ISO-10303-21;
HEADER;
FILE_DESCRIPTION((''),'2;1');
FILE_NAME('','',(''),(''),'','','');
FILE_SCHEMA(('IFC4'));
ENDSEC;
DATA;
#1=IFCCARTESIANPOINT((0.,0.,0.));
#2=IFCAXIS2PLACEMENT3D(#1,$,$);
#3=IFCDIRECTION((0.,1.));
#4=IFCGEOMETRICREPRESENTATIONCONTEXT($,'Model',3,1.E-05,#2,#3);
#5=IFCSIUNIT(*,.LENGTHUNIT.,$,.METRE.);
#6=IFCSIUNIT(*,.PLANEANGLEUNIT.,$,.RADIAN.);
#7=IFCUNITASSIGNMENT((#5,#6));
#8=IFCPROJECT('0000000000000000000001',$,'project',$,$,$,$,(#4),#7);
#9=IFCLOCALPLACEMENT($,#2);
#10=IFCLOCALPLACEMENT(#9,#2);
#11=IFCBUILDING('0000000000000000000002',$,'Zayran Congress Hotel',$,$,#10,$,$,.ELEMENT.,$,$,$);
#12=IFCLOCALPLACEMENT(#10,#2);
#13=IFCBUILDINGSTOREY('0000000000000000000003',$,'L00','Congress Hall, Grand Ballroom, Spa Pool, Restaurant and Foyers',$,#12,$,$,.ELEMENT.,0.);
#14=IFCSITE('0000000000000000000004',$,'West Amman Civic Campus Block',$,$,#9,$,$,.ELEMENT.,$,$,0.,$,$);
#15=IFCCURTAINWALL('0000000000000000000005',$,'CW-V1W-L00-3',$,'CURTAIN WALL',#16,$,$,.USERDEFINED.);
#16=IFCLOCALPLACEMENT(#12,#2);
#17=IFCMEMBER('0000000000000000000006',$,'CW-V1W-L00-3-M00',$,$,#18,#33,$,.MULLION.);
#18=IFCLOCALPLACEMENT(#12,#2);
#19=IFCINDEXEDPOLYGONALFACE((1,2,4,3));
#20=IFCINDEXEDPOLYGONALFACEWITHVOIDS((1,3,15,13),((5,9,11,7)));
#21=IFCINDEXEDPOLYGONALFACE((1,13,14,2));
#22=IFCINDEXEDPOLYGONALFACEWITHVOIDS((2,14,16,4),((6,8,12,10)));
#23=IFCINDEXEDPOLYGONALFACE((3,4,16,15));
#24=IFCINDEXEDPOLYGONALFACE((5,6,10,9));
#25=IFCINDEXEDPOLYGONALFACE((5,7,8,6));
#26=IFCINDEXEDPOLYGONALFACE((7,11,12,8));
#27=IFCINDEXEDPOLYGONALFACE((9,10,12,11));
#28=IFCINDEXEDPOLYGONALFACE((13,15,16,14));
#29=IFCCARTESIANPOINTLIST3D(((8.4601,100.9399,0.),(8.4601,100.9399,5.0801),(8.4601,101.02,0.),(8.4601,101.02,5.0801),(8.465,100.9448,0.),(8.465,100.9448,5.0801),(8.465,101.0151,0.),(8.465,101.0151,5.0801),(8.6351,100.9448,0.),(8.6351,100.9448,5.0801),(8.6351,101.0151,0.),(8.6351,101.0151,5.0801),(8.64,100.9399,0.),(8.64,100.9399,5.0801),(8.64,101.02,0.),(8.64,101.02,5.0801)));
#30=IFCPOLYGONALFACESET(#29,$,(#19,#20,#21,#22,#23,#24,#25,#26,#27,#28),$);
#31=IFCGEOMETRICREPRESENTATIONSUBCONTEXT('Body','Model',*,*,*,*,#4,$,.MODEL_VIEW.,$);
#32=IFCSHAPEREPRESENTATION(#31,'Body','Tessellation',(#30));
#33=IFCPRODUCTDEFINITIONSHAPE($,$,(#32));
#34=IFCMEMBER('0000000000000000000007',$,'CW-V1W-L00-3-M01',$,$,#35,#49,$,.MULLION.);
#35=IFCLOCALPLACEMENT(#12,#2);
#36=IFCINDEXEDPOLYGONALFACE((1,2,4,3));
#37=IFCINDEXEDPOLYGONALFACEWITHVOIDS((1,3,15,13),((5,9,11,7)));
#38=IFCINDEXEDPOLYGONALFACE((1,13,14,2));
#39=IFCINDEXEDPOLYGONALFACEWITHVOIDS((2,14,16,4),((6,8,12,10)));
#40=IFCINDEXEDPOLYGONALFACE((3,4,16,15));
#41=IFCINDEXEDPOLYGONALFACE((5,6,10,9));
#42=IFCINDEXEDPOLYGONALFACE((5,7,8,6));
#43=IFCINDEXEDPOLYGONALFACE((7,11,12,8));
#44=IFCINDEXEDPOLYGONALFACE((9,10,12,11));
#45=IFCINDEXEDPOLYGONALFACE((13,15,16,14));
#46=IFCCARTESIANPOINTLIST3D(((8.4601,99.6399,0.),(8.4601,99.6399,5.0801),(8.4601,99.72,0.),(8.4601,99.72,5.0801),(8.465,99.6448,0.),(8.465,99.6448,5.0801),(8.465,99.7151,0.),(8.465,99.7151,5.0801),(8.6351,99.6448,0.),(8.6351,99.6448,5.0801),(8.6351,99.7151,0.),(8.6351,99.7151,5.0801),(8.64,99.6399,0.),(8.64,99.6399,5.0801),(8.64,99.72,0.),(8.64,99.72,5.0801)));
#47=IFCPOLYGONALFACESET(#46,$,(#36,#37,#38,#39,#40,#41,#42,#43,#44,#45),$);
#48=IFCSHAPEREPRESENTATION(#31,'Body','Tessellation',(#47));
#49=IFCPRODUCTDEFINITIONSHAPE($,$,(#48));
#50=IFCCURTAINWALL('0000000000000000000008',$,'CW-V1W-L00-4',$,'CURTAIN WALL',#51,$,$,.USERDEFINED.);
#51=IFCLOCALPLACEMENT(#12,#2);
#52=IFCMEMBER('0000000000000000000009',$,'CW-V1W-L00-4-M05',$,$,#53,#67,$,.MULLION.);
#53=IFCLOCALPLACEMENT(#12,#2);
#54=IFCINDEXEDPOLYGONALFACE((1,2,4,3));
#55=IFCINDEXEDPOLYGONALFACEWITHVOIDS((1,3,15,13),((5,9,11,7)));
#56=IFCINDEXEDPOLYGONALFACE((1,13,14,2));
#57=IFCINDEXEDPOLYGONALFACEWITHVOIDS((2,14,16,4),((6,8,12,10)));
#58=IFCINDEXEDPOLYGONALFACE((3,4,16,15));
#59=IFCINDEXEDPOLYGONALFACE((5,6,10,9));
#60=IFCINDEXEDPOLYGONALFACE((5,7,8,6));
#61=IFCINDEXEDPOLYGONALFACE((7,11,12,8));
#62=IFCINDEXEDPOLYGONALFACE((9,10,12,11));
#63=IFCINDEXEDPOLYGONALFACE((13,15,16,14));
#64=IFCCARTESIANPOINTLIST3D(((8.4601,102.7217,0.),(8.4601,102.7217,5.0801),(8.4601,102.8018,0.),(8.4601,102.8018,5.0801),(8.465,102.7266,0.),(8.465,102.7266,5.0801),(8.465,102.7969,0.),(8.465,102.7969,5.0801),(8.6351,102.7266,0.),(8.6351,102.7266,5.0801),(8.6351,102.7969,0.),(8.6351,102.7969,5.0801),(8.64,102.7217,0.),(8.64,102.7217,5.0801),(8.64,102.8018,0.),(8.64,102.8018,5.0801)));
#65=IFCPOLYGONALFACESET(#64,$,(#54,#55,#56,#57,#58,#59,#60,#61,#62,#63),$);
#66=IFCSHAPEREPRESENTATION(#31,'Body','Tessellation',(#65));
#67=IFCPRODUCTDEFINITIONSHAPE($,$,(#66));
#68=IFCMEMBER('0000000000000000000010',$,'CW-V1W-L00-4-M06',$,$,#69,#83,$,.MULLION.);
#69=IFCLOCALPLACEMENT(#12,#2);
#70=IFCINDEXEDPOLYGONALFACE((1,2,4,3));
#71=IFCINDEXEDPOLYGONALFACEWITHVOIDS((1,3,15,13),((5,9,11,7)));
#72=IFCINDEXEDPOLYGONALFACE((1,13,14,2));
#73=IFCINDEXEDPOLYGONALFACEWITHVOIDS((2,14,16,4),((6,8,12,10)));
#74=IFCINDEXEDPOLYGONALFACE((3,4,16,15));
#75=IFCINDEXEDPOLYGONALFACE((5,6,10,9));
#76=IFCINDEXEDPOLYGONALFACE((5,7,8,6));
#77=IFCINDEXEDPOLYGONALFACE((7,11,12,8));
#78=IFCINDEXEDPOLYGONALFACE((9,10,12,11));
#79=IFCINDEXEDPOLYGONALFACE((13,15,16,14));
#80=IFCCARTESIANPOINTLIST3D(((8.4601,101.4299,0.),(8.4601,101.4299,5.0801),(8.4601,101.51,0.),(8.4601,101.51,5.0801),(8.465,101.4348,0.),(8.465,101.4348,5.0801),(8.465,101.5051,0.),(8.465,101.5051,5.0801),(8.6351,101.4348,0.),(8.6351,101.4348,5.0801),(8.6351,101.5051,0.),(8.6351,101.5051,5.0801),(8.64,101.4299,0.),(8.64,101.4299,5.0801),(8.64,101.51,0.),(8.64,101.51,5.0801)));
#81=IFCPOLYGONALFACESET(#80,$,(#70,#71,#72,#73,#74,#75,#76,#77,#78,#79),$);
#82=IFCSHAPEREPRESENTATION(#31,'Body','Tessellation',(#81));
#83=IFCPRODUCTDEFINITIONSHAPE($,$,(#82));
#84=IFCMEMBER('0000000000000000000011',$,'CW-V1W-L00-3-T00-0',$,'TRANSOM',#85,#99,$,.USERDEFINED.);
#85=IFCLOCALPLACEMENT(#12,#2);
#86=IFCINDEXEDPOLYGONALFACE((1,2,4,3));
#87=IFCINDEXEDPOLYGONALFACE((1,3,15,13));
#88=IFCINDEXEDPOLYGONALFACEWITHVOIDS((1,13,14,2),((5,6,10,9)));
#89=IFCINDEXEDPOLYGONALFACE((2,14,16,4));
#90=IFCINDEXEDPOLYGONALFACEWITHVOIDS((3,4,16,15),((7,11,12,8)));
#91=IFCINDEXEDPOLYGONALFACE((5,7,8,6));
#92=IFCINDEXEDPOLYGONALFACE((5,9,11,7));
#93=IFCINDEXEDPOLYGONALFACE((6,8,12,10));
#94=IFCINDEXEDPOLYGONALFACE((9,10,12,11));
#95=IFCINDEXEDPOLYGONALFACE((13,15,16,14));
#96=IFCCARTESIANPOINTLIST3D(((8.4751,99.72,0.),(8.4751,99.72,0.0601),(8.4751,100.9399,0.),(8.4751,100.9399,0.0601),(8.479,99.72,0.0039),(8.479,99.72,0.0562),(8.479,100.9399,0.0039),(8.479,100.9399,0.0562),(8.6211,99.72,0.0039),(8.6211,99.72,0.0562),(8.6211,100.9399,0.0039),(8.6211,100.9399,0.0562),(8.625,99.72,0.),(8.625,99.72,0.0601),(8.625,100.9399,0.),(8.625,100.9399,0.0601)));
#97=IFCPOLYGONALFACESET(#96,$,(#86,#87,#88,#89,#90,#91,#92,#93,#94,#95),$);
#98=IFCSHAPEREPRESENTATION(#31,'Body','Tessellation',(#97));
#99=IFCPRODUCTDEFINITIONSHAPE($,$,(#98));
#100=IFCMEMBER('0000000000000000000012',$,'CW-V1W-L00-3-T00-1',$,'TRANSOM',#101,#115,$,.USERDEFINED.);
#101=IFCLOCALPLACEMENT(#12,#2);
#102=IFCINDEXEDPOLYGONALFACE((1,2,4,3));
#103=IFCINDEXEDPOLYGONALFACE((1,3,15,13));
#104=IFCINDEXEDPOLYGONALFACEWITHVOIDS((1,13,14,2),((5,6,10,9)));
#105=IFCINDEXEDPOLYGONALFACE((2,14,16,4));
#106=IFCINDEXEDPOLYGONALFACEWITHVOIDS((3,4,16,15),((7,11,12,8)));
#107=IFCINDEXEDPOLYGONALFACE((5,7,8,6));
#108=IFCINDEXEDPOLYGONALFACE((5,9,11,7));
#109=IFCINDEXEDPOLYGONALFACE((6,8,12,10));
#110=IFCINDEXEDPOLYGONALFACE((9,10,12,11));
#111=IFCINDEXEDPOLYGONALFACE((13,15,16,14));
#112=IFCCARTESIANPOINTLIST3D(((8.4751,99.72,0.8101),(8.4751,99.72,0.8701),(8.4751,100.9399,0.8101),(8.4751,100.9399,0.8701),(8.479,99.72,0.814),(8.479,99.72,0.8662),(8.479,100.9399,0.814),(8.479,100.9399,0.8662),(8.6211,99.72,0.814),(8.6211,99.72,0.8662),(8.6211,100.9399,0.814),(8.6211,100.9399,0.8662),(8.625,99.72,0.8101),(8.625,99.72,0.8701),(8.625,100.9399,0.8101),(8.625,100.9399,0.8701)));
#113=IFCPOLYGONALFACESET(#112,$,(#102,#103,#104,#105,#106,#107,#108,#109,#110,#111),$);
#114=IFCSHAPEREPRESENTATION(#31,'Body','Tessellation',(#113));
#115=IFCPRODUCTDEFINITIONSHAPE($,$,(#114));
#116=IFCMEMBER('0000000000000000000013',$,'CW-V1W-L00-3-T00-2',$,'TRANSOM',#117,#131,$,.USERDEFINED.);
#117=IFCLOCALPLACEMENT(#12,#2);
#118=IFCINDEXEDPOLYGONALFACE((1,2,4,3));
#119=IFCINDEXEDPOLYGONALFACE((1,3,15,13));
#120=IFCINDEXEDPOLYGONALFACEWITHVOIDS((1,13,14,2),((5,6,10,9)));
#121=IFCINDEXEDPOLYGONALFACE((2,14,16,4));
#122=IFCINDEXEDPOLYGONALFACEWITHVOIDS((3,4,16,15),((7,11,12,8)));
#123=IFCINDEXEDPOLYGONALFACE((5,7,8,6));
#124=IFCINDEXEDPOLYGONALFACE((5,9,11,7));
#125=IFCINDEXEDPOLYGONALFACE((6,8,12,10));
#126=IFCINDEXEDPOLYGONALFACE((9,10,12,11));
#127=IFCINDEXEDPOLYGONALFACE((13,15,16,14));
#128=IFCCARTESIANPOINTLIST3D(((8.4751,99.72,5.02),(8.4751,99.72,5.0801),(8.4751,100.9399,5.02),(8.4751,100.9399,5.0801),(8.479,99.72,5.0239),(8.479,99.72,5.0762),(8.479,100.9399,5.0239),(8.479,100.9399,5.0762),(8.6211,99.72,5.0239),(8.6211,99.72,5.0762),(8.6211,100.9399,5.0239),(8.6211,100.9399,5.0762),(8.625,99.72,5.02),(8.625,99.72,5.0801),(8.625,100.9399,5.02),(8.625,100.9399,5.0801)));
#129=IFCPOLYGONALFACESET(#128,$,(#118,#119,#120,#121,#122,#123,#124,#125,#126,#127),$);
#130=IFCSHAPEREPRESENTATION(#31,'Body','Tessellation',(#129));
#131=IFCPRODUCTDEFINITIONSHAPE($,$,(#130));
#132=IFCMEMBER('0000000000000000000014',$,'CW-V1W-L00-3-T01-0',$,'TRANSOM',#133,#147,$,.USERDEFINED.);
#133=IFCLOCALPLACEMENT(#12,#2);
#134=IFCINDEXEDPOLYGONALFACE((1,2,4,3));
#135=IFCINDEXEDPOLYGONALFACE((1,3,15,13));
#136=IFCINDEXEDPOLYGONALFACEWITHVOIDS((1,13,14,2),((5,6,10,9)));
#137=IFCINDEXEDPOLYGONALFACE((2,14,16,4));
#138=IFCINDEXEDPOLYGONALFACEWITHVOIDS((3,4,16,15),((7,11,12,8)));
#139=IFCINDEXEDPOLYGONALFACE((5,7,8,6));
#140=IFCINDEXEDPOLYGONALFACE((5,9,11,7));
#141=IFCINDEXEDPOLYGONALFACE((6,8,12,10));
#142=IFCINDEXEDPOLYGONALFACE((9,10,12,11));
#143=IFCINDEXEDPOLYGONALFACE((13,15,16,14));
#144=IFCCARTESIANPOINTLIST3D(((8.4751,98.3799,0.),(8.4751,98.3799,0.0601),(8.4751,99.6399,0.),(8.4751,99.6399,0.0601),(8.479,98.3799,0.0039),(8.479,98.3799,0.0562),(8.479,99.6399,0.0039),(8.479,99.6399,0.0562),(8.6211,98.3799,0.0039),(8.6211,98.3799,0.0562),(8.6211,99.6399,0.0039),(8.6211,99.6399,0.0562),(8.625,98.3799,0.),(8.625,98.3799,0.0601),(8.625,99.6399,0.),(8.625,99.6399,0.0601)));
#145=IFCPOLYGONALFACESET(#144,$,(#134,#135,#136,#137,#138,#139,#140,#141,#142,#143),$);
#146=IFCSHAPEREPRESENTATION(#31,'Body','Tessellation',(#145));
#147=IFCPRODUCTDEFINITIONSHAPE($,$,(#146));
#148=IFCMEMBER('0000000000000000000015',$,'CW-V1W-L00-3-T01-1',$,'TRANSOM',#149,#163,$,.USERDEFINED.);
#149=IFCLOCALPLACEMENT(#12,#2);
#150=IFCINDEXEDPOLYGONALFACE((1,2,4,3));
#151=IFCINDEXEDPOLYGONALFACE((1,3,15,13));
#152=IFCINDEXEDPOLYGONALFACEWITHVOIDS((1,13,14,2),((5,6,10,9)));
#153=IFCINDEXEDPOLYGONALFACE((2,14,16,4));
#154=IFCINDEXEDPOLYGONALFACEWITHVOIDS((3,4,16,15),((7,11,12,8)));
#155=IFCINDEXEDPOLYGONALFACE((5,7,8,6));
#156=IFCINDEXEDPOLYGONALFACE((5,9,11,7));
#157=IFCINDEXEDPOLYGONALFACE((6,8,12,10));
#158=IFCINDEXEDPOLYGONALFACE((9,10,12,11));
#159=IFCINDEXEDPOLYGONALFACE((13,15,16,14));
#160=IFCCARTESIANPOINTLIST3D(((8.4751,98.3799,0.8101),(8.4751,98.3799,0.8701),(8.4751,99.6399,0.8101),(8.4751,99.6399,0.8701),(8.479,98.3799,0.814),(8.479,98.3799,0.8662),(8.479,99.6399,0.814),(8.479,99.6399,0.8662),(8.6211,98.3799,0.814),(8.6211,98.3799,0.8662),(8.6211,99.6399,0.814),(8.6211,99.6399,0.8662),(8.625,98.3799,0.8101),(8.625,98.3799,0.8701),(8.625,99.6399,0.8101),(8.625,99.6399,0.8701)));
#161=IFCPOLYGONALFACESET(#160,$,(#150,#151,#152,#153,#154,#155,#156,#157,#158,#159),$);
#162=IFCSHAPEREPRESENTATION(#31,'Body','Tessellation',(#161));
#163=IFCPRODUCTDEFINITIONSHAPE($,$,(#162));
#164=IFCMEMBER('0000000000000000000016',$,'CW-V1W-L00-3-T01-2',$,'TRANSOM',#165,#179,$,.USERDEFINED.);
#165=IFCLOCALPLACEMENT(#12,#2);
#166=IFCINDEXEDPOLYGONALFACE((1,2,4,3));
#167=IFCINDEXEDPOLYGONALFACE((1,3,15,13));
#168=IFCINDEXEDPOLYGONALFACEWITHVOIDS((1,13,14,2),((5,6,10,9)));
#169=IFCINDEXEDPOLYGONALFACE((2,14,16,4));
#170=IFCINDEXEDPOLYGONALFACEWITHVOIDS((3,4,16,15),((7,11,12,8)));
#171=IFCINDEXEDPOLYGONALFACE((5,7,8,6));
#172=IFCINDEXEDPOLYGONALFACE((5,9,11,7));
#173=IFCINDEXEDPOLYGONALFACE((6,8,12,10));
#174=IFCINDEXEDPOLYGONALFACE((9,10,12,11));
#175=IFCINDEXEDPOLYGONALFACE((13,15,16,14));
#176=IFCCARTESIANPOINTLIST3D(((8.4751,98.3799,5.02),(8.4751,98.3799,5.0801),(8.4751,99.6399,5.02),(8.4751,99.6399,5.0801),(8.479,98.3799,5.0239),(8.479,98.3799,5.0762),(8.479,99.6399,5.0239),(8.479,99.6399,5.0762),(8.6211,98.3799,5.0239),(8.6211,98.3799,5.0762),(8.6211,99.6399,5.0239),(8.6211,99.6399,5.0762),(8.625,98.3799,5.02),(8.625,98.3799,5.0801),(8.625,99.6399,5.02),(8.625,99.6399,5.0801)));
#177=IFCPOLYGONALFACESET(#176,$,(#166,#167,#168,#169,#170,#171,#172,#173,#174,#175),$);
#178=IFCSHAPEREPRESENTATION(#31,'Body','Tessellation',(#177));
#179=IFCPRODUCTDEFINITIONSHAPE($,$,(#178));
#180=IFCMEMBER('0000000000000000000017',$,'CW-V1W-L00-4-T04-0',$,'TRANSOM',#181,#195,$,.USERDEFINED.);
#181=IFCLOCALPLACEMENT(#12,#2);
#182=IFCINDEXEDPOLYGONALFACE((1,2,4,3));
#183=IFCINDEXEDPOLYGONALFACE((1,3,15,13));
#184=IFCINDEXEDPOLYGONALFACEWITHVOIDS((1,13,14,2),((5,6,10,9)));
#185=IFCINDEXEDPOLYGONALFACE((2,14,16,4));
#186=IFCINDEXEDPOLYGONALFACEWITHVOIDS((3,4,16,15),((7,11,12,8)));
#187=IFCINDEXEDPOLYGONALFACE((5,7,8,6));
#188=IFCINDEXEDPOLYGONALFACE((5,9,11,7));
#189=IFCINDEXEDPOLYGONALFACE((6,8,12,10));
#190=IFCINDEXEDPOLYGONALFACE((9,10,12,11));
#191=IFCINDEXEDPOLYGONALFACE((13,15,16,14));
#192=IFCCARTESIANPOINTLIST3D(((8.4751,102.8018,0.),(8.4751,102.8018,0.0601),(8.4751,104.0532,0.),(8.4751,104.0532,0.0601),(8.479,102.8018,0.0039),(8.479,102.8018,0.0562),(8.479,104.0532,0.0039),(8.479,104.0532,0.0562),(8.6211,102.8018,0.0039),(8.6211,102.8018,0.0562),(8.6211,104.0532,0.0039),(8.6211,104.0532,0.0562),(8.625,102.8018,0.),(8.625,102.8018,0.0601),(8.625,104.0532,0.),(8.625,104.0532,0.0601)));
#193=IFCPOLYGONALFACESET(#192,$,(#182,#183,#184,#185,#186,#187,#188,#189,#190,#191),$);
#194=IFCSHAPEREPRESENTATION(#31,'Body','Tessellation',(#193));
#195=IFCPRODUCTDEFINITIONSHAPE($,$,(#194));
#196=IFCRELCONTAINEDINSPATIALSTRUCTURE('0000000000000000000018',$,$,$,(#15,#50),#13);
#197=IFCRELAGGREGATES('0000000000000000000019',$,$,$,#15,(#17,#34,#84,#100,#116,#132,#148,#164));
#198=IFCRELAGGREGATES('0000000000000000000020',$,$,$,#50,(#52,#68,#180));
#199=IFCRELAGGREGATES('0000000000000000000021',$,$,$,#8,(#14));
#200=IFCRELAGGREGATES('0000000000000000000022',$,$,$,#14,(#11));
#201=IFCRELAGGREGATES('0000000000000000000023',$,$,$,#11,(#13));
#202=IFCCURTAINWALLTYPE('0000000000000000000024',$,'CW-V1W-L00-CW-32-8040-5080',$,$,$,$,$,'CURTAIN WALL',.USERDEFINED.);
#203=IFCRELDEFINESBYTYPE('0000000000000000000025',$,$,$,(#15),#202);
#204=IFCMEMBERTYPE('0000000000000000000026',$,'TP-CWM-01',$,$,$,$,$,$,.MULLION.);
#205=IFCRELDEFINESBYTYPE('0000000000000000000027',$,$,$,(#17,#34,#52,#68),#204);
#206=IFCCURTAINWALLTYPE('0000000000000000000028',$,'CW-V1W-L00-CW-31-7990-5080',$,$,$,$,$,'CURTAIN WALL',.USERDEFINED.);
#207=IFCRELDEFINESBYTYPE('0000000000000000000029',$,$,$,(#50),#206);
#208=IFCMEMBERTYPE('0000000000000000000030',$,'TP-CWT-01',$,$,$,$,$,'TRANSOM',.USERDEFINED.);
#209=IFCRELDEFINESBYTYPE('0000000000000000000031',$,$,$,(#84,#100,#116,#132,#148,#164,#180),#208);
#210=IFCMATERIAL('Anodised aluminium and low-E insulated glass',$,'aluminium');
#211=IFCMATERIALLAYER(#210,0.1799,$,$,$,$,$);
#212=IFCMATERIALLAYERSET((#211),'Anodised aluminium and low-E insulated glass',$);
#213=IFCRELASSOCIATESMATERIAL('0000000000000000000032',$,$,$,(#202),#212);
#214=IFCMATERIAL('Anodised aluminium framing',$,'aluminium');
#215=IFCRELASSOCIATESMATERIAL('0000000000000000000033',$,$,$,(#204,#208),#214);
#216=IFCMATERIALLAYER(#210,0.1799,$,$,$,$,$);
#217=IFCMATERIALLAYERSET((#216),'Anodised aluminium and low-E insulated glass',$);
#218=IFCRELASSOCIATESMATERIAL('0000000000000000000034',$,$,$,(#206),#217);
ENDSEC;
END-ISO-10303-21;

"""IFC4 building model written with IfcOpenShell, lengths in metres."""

from ifc_helpers import new_model, si_unit, direction, frame, origin, origin_2d, place, context, subcontext, project, spatial, hollow_rectangle, extrude, material, layer, layer_set, material_profile, profile_set, type_object, element, aggregate, save


model = new_model("IFC4")

# Units and contexts
model_context = context("Model", 3, precision=1e-05, world=origin(), true_north=direction((0.0, 1.0)))
body_context = subcontext(model_context, "Body", "Model", "MODEL_VIEW")
ifc_project = project(units=[si_unit("LENGTHUNIT", "METRE"), si_unit("PLANEANGLEUNIT", "RADIAN")], contexts=[model_context])

# Site, building, storey
site_placement = place(None, origin())
site = spatial("IfcSite", under=ifc_project, at=site_placement, Name="West Amman Civic Campus Block", CompositionType="ELEMENT", RefElevation=0.0)
building_placement = place(site_placement, origin())
building = spatial("IfcBuilding", under=site, at=building_placement, Name="Zayran Congress Hotel", CompositionType="ELEMENT")
storey_placement = place(building_placement, origin())
storey = spatial("IfcBuildingStorey", under=building, at=storey_placement, Name="L00", Description="Congress Hall, Grand Ballroom, Spa Pool, Restaurant and Foyers", CompositionType="ELEMENT", Elevation=0.0)

# Curtain walls, members
ifc_material_1 = material(Name="Anodised aluminium and low-E insulated glass", Category="aluminium")
ifc_layer_1 = layer(ifc_material_1, 0.1799)
ifc_layer_set_1 = layer_set([ifc_layer_1], Name="Anodised aluminium and low-E insulated glass")
curtain_wall_type_1 = type_object("IfcCurtainWallType", Name="CW-V1W-L00-CW-32-8040-5080", ElementType="CURTAIN WALL", PredefinedType="USERDEFINED", material=ifc_layer_set_1)
curtain_wall_1_placement = place(storey_placement, origin())
curtain_wall_1 = element("IfcCurtainWall", 1, at=curtain_wall_1_placement, inside=storey, type_object=curtain_wall_type_1, Name="CW-V1W-L00-3", ObjectType="CURTAIN WALL", PredefinedType="USERDEFINED")
ifc_material_2 = material(Name="Anodised aluminium framing", Category="aluminium")
ifc_material_profile_1 = material_profile(ifc_material_2, hollow_rectangle(XDim=0.0801, YDim=0.1799, WallThickness=0.0049, at=origin_2d()), Name="RHS 180x80x5")
ifc_profile_set_1 = profile_set([ifc_material_profile_1], Name="Anodised aluminium framing")
member_type_1 = type_object("IfcMemberType", Name="TP-CWM-01", PredefinedType="MULLION", material=ifc_profile_set_1)
member_1_placement = place(storey_placement, frame((8.55, 100.98, 0.0), z_axis=(0.0, 0.0, 1.0), x_axis=(0.0, 1.0, 0.0)))
member_1 = element("IfcMember", 2, at=member_1_placement, type_object=member_type_1, Name="CW-V1W-L00-3-M00", PredefinedType="MULLION", context=body_context, shape_type="SweptSolid", body=[
    extrude(hollow_rectangle(XDim=0.0801, YDim=0.1799, WallThickness=0.0049, at=origin_2d()), origin(), (0.0, 0.0, 1.0), 5.0801),
])
member_2_placement = place(storey_placement, frame((8.55, 99.6799, 0.0), z_axis=(0.0, 0.0, 1.0), x_axis=(0.0, 1.0, 0.0)))
member_2 = element("IfcMember", 3, at=member_2_placement, type_object=member_type_1, Name="CW-V1W-L00-3-M01", PredefinedType="MULLION", context=body_context, shape_type="SweptSolid", body=[
    extrude(hollow_rectangle(XDim=0.0801, YDim=0.1799, WallThickness=0.0049, at=origin_2d()), origin(), (0.0, 0.0, 1.0), 5.0801),
])
ifc_layer_2 = layer(ifc_material_1, 0.1799)
ifc_layer_set_2 = layer_set([ifc_layer_2], Name="Anodised aluminium and low-E insulated glass")
curtain_wall_type_2 = type_object("IfcCurtainWallType", Name="CW-V1W-L00-CW-31-7990-5080", ElementType="CURTAIN WALL", PredefinedType="USERDEFINED", material=ifc_layer_set_2)
curtain_wall_2_placement = place(storey_placement, origin())
curtain_wall_2 = element("IfcCurtainWall", 4, at=curtain_wall_2_placement, inside=storey, type_object=curtain_wall_type_2, Name="CW-V1W-L00-4", ObjectType="CURTAIN WALL", PredefinedType="USERDEFINED")
member_3_placement = place(storey_placement, frame((8.55, 102.7617, 0.0), z_axis=(0.0, 0.0, 1.0), x_axis=(0.0, 1.0, 0.0)))
member_3 = element("IfcMember", 5, at=member_3_placement, type_object=member_type_1, Name="CW-V1W-L00-4-M05", PredefinedType="MULLION", context=body_context, shape_type="SweptSolid", body=[
    extrude(hollow_rectangle(XDim=0.0801, YDim=0.1799, WallThickness=0.0049, at=origin_2d()), origin(), (0.0, 0.0, 1.0), 5.0801),
])
member_4_placement = place(storey_placement, frame((8.55, 101.47, 0.0), z_axis=(0.0, 0.0, 1.0), x_axis=(0.0, 1.0, 0.0)))
member_4 = element("IfcMember", 6, at=member_4_placement, type_object=member_type_1, Name="CW-V1W-L00-4-M06", PredefinedType="MULLION", context=body_context, shape_type="SweptSolid", body=[
    extrude(hollow_rectangle(XDim=0.0801, YDim=0.1799, WallThickness=0.0049, at=origin_2d()), origin(), (0.0, 0.0, 1.0), 5.0801),
])

# Members
ifc_material_profile_2 = material_profile(ifc_material_2, hollow_rectangle(XDim=0.0601, YDim=0.1499, WallThickness=0.0039, at=origin_2d()), Name="RHS 150x60x4")
ifc_profile_set_2 = profile_set([ifc_material_profile_2], Name="Anodised aluminium framing")
member_type_2 = type_object("IfcMemberType", Name="TP-CWT-01", ElementType="TRANSOM", PredefinedType="USERDEFINED", material=ifc_profile_set_2)
member_5_placement = place(storey_placement, frame((8.55, 100.9399, 0.03), z_axis=(0.0, -1.0, 0.0), x_axis=(0.0, 0.0, 1.0)))
member_5 = element("IfcMember", 7, at=member_5_placement, type_object=member_type_2, Name="CW-V1W-L00-3-T00-0", ObjectType="TRANSOM", PredefinedType="USERDEFINED", context=body_context, shape_type="SweptSolid", body=[
    extrude(hollow_rectangle(XDim=0.0601, YDim=0.1499, WallThickness=0.0039, at=origin_2d()), origin(), (0.0, 0.0, 1.0), 1.22),
])
member_6_placement = place(storey_placement, frame((8.55, 100.9399, 0.8401), z_axis=(0.0, -1.0, 0.0), x_axis=(0.0, 0.0, 1.0)))
member_6 = element("IfcMember", 8, at=member_6_placement, type_object=member_type_2, Name="CW-V1W-L00-3-T00-1", ObjectType="TRANSOM", PredefinedType="USERDEFINED", context=body_context, shape_type="SweptSolid", body=[
    extrude(hollow_rectangle(XDim=0.0601, YDim=0.1499, WallThickness=0.0039, at=origin_2d()), origin(), (0.0, 0.0, 1.0), 1.22),
])
member_7_placement = place(storey_placement, frame((8.55, 100.9399, 5.05), z_axis=(0.0, -1.0, 0.0), x_axis=(0.0, 0.0, 1.0)))
member_7 = element("IfcMember", 9, at=member_7_placement, type_object=member_type_2, Name="CW-V1W-L00-3-T00-2", ObjectType="TRANSOM", PredefinedType="USERDEFINED", context=body_context, shape_type="SweptSolid", body=[
    extrude(hollow_rectangle(XDim=0.0601, YDim=0.1499, WallThickness=0.0039, at=origin_2d()), origin(), (0.0, 0.0, 1.0), 1.22),
])
member_8_placement = place(storey_placement, frame((8.55, 99.6399, 0.03), z_axis=(0.0, -1.0, 0.0), x_axis=(0.0, 0.0, 1.0)))
member_8 = element("IfcMember", 10, at=member_8_placement, type_object=member_type_2, Name="CW-V1W-L00-3-T01-0", ObjectType="TRANSOM", PredefinedType="USERDEFINED", context=body_context, shape_type="SweptSolid", body=[
    extrude(hollow_rectangle(XDim=0.0601, YDim=0.1499, WallThickness=0.0039, at=origin_2d()), origin(), (0.0, 0.0, 1.0), 1.26),
])
member_9_placement = place(storey_placement, frame((8.55, 99.6399, 0.8401), z_axis=(0.0, -1.0, 0.0), x_axis=(0.0, 0.0, 1.0)))
member_9 = element("IfcMember", 11, at=member_9_placement, type_object=member_type_2, Name="CW-V1W-L00-3-T01-1", ObjectType="TRANSOM", PredefinedType="USERDEFINED", context=body_context, shape_type="SweptSolid", body=[
    extrude(hollow_rectangle(XDim=0.0601, YDim=0.1499, WallThickness=0.0039, at=origin_2d()), origin(), (0.0, 0.0, 1.0), 1.26),
])
member_10_placement = place(storey_placement, frame((8.55, 99.6399, 5.05), z_axis=(0.0, -1.0, 0.0), x_axis=(0.0, 0.0, 1.0)))
member_10 = element("IfcMember", 12, at=member_10_placement, type_object=member_type_2, Name="CW-V1W-L00-3-T01-2", ObjectType="TRANSOM", PredefinedType="USERDEFINED", context=body_context, shape_type="SweptSolid", body=[
    extrude(hollow_rectangle(XDim=0.0601, YDim=0.1499, WallThickness=0.0039, at=origin_2d()), origin(), (0.0, 0.0, 1.0), 1.26),
])
member_11_placement = place(storey_placement, frame((8.55, 104.0532, 0.03), z_axis=(0.0, -1.0, 0.0), x_axis=(0.0, 0.0, 1.0)))
member_11 = element("IfcMember", 13, at=member_11_placement, type_object=member_type_2, Name="CW-V1W-L00-4-T04-0", ObjectType="TRANSOM", PredefinedType="USERDEFINED", context=body_context, shape_type="SweptSolid", body=[
    extrude(hollow_rectangle(XDim=0.0601, YDim=0.1499, WallThickness=0.0039, at=origin_2d()), origin(), (0.0, 0.0, 1.0), 1.2515),
])

aggregate(curtain_wall_1, [member_1, member_2, member_5, member_6, member_7, member_8, member_9, member_10])
aggregate(curtain_wall_2, [member_3, member_4, member_11])

save(model, "model.ifc")
